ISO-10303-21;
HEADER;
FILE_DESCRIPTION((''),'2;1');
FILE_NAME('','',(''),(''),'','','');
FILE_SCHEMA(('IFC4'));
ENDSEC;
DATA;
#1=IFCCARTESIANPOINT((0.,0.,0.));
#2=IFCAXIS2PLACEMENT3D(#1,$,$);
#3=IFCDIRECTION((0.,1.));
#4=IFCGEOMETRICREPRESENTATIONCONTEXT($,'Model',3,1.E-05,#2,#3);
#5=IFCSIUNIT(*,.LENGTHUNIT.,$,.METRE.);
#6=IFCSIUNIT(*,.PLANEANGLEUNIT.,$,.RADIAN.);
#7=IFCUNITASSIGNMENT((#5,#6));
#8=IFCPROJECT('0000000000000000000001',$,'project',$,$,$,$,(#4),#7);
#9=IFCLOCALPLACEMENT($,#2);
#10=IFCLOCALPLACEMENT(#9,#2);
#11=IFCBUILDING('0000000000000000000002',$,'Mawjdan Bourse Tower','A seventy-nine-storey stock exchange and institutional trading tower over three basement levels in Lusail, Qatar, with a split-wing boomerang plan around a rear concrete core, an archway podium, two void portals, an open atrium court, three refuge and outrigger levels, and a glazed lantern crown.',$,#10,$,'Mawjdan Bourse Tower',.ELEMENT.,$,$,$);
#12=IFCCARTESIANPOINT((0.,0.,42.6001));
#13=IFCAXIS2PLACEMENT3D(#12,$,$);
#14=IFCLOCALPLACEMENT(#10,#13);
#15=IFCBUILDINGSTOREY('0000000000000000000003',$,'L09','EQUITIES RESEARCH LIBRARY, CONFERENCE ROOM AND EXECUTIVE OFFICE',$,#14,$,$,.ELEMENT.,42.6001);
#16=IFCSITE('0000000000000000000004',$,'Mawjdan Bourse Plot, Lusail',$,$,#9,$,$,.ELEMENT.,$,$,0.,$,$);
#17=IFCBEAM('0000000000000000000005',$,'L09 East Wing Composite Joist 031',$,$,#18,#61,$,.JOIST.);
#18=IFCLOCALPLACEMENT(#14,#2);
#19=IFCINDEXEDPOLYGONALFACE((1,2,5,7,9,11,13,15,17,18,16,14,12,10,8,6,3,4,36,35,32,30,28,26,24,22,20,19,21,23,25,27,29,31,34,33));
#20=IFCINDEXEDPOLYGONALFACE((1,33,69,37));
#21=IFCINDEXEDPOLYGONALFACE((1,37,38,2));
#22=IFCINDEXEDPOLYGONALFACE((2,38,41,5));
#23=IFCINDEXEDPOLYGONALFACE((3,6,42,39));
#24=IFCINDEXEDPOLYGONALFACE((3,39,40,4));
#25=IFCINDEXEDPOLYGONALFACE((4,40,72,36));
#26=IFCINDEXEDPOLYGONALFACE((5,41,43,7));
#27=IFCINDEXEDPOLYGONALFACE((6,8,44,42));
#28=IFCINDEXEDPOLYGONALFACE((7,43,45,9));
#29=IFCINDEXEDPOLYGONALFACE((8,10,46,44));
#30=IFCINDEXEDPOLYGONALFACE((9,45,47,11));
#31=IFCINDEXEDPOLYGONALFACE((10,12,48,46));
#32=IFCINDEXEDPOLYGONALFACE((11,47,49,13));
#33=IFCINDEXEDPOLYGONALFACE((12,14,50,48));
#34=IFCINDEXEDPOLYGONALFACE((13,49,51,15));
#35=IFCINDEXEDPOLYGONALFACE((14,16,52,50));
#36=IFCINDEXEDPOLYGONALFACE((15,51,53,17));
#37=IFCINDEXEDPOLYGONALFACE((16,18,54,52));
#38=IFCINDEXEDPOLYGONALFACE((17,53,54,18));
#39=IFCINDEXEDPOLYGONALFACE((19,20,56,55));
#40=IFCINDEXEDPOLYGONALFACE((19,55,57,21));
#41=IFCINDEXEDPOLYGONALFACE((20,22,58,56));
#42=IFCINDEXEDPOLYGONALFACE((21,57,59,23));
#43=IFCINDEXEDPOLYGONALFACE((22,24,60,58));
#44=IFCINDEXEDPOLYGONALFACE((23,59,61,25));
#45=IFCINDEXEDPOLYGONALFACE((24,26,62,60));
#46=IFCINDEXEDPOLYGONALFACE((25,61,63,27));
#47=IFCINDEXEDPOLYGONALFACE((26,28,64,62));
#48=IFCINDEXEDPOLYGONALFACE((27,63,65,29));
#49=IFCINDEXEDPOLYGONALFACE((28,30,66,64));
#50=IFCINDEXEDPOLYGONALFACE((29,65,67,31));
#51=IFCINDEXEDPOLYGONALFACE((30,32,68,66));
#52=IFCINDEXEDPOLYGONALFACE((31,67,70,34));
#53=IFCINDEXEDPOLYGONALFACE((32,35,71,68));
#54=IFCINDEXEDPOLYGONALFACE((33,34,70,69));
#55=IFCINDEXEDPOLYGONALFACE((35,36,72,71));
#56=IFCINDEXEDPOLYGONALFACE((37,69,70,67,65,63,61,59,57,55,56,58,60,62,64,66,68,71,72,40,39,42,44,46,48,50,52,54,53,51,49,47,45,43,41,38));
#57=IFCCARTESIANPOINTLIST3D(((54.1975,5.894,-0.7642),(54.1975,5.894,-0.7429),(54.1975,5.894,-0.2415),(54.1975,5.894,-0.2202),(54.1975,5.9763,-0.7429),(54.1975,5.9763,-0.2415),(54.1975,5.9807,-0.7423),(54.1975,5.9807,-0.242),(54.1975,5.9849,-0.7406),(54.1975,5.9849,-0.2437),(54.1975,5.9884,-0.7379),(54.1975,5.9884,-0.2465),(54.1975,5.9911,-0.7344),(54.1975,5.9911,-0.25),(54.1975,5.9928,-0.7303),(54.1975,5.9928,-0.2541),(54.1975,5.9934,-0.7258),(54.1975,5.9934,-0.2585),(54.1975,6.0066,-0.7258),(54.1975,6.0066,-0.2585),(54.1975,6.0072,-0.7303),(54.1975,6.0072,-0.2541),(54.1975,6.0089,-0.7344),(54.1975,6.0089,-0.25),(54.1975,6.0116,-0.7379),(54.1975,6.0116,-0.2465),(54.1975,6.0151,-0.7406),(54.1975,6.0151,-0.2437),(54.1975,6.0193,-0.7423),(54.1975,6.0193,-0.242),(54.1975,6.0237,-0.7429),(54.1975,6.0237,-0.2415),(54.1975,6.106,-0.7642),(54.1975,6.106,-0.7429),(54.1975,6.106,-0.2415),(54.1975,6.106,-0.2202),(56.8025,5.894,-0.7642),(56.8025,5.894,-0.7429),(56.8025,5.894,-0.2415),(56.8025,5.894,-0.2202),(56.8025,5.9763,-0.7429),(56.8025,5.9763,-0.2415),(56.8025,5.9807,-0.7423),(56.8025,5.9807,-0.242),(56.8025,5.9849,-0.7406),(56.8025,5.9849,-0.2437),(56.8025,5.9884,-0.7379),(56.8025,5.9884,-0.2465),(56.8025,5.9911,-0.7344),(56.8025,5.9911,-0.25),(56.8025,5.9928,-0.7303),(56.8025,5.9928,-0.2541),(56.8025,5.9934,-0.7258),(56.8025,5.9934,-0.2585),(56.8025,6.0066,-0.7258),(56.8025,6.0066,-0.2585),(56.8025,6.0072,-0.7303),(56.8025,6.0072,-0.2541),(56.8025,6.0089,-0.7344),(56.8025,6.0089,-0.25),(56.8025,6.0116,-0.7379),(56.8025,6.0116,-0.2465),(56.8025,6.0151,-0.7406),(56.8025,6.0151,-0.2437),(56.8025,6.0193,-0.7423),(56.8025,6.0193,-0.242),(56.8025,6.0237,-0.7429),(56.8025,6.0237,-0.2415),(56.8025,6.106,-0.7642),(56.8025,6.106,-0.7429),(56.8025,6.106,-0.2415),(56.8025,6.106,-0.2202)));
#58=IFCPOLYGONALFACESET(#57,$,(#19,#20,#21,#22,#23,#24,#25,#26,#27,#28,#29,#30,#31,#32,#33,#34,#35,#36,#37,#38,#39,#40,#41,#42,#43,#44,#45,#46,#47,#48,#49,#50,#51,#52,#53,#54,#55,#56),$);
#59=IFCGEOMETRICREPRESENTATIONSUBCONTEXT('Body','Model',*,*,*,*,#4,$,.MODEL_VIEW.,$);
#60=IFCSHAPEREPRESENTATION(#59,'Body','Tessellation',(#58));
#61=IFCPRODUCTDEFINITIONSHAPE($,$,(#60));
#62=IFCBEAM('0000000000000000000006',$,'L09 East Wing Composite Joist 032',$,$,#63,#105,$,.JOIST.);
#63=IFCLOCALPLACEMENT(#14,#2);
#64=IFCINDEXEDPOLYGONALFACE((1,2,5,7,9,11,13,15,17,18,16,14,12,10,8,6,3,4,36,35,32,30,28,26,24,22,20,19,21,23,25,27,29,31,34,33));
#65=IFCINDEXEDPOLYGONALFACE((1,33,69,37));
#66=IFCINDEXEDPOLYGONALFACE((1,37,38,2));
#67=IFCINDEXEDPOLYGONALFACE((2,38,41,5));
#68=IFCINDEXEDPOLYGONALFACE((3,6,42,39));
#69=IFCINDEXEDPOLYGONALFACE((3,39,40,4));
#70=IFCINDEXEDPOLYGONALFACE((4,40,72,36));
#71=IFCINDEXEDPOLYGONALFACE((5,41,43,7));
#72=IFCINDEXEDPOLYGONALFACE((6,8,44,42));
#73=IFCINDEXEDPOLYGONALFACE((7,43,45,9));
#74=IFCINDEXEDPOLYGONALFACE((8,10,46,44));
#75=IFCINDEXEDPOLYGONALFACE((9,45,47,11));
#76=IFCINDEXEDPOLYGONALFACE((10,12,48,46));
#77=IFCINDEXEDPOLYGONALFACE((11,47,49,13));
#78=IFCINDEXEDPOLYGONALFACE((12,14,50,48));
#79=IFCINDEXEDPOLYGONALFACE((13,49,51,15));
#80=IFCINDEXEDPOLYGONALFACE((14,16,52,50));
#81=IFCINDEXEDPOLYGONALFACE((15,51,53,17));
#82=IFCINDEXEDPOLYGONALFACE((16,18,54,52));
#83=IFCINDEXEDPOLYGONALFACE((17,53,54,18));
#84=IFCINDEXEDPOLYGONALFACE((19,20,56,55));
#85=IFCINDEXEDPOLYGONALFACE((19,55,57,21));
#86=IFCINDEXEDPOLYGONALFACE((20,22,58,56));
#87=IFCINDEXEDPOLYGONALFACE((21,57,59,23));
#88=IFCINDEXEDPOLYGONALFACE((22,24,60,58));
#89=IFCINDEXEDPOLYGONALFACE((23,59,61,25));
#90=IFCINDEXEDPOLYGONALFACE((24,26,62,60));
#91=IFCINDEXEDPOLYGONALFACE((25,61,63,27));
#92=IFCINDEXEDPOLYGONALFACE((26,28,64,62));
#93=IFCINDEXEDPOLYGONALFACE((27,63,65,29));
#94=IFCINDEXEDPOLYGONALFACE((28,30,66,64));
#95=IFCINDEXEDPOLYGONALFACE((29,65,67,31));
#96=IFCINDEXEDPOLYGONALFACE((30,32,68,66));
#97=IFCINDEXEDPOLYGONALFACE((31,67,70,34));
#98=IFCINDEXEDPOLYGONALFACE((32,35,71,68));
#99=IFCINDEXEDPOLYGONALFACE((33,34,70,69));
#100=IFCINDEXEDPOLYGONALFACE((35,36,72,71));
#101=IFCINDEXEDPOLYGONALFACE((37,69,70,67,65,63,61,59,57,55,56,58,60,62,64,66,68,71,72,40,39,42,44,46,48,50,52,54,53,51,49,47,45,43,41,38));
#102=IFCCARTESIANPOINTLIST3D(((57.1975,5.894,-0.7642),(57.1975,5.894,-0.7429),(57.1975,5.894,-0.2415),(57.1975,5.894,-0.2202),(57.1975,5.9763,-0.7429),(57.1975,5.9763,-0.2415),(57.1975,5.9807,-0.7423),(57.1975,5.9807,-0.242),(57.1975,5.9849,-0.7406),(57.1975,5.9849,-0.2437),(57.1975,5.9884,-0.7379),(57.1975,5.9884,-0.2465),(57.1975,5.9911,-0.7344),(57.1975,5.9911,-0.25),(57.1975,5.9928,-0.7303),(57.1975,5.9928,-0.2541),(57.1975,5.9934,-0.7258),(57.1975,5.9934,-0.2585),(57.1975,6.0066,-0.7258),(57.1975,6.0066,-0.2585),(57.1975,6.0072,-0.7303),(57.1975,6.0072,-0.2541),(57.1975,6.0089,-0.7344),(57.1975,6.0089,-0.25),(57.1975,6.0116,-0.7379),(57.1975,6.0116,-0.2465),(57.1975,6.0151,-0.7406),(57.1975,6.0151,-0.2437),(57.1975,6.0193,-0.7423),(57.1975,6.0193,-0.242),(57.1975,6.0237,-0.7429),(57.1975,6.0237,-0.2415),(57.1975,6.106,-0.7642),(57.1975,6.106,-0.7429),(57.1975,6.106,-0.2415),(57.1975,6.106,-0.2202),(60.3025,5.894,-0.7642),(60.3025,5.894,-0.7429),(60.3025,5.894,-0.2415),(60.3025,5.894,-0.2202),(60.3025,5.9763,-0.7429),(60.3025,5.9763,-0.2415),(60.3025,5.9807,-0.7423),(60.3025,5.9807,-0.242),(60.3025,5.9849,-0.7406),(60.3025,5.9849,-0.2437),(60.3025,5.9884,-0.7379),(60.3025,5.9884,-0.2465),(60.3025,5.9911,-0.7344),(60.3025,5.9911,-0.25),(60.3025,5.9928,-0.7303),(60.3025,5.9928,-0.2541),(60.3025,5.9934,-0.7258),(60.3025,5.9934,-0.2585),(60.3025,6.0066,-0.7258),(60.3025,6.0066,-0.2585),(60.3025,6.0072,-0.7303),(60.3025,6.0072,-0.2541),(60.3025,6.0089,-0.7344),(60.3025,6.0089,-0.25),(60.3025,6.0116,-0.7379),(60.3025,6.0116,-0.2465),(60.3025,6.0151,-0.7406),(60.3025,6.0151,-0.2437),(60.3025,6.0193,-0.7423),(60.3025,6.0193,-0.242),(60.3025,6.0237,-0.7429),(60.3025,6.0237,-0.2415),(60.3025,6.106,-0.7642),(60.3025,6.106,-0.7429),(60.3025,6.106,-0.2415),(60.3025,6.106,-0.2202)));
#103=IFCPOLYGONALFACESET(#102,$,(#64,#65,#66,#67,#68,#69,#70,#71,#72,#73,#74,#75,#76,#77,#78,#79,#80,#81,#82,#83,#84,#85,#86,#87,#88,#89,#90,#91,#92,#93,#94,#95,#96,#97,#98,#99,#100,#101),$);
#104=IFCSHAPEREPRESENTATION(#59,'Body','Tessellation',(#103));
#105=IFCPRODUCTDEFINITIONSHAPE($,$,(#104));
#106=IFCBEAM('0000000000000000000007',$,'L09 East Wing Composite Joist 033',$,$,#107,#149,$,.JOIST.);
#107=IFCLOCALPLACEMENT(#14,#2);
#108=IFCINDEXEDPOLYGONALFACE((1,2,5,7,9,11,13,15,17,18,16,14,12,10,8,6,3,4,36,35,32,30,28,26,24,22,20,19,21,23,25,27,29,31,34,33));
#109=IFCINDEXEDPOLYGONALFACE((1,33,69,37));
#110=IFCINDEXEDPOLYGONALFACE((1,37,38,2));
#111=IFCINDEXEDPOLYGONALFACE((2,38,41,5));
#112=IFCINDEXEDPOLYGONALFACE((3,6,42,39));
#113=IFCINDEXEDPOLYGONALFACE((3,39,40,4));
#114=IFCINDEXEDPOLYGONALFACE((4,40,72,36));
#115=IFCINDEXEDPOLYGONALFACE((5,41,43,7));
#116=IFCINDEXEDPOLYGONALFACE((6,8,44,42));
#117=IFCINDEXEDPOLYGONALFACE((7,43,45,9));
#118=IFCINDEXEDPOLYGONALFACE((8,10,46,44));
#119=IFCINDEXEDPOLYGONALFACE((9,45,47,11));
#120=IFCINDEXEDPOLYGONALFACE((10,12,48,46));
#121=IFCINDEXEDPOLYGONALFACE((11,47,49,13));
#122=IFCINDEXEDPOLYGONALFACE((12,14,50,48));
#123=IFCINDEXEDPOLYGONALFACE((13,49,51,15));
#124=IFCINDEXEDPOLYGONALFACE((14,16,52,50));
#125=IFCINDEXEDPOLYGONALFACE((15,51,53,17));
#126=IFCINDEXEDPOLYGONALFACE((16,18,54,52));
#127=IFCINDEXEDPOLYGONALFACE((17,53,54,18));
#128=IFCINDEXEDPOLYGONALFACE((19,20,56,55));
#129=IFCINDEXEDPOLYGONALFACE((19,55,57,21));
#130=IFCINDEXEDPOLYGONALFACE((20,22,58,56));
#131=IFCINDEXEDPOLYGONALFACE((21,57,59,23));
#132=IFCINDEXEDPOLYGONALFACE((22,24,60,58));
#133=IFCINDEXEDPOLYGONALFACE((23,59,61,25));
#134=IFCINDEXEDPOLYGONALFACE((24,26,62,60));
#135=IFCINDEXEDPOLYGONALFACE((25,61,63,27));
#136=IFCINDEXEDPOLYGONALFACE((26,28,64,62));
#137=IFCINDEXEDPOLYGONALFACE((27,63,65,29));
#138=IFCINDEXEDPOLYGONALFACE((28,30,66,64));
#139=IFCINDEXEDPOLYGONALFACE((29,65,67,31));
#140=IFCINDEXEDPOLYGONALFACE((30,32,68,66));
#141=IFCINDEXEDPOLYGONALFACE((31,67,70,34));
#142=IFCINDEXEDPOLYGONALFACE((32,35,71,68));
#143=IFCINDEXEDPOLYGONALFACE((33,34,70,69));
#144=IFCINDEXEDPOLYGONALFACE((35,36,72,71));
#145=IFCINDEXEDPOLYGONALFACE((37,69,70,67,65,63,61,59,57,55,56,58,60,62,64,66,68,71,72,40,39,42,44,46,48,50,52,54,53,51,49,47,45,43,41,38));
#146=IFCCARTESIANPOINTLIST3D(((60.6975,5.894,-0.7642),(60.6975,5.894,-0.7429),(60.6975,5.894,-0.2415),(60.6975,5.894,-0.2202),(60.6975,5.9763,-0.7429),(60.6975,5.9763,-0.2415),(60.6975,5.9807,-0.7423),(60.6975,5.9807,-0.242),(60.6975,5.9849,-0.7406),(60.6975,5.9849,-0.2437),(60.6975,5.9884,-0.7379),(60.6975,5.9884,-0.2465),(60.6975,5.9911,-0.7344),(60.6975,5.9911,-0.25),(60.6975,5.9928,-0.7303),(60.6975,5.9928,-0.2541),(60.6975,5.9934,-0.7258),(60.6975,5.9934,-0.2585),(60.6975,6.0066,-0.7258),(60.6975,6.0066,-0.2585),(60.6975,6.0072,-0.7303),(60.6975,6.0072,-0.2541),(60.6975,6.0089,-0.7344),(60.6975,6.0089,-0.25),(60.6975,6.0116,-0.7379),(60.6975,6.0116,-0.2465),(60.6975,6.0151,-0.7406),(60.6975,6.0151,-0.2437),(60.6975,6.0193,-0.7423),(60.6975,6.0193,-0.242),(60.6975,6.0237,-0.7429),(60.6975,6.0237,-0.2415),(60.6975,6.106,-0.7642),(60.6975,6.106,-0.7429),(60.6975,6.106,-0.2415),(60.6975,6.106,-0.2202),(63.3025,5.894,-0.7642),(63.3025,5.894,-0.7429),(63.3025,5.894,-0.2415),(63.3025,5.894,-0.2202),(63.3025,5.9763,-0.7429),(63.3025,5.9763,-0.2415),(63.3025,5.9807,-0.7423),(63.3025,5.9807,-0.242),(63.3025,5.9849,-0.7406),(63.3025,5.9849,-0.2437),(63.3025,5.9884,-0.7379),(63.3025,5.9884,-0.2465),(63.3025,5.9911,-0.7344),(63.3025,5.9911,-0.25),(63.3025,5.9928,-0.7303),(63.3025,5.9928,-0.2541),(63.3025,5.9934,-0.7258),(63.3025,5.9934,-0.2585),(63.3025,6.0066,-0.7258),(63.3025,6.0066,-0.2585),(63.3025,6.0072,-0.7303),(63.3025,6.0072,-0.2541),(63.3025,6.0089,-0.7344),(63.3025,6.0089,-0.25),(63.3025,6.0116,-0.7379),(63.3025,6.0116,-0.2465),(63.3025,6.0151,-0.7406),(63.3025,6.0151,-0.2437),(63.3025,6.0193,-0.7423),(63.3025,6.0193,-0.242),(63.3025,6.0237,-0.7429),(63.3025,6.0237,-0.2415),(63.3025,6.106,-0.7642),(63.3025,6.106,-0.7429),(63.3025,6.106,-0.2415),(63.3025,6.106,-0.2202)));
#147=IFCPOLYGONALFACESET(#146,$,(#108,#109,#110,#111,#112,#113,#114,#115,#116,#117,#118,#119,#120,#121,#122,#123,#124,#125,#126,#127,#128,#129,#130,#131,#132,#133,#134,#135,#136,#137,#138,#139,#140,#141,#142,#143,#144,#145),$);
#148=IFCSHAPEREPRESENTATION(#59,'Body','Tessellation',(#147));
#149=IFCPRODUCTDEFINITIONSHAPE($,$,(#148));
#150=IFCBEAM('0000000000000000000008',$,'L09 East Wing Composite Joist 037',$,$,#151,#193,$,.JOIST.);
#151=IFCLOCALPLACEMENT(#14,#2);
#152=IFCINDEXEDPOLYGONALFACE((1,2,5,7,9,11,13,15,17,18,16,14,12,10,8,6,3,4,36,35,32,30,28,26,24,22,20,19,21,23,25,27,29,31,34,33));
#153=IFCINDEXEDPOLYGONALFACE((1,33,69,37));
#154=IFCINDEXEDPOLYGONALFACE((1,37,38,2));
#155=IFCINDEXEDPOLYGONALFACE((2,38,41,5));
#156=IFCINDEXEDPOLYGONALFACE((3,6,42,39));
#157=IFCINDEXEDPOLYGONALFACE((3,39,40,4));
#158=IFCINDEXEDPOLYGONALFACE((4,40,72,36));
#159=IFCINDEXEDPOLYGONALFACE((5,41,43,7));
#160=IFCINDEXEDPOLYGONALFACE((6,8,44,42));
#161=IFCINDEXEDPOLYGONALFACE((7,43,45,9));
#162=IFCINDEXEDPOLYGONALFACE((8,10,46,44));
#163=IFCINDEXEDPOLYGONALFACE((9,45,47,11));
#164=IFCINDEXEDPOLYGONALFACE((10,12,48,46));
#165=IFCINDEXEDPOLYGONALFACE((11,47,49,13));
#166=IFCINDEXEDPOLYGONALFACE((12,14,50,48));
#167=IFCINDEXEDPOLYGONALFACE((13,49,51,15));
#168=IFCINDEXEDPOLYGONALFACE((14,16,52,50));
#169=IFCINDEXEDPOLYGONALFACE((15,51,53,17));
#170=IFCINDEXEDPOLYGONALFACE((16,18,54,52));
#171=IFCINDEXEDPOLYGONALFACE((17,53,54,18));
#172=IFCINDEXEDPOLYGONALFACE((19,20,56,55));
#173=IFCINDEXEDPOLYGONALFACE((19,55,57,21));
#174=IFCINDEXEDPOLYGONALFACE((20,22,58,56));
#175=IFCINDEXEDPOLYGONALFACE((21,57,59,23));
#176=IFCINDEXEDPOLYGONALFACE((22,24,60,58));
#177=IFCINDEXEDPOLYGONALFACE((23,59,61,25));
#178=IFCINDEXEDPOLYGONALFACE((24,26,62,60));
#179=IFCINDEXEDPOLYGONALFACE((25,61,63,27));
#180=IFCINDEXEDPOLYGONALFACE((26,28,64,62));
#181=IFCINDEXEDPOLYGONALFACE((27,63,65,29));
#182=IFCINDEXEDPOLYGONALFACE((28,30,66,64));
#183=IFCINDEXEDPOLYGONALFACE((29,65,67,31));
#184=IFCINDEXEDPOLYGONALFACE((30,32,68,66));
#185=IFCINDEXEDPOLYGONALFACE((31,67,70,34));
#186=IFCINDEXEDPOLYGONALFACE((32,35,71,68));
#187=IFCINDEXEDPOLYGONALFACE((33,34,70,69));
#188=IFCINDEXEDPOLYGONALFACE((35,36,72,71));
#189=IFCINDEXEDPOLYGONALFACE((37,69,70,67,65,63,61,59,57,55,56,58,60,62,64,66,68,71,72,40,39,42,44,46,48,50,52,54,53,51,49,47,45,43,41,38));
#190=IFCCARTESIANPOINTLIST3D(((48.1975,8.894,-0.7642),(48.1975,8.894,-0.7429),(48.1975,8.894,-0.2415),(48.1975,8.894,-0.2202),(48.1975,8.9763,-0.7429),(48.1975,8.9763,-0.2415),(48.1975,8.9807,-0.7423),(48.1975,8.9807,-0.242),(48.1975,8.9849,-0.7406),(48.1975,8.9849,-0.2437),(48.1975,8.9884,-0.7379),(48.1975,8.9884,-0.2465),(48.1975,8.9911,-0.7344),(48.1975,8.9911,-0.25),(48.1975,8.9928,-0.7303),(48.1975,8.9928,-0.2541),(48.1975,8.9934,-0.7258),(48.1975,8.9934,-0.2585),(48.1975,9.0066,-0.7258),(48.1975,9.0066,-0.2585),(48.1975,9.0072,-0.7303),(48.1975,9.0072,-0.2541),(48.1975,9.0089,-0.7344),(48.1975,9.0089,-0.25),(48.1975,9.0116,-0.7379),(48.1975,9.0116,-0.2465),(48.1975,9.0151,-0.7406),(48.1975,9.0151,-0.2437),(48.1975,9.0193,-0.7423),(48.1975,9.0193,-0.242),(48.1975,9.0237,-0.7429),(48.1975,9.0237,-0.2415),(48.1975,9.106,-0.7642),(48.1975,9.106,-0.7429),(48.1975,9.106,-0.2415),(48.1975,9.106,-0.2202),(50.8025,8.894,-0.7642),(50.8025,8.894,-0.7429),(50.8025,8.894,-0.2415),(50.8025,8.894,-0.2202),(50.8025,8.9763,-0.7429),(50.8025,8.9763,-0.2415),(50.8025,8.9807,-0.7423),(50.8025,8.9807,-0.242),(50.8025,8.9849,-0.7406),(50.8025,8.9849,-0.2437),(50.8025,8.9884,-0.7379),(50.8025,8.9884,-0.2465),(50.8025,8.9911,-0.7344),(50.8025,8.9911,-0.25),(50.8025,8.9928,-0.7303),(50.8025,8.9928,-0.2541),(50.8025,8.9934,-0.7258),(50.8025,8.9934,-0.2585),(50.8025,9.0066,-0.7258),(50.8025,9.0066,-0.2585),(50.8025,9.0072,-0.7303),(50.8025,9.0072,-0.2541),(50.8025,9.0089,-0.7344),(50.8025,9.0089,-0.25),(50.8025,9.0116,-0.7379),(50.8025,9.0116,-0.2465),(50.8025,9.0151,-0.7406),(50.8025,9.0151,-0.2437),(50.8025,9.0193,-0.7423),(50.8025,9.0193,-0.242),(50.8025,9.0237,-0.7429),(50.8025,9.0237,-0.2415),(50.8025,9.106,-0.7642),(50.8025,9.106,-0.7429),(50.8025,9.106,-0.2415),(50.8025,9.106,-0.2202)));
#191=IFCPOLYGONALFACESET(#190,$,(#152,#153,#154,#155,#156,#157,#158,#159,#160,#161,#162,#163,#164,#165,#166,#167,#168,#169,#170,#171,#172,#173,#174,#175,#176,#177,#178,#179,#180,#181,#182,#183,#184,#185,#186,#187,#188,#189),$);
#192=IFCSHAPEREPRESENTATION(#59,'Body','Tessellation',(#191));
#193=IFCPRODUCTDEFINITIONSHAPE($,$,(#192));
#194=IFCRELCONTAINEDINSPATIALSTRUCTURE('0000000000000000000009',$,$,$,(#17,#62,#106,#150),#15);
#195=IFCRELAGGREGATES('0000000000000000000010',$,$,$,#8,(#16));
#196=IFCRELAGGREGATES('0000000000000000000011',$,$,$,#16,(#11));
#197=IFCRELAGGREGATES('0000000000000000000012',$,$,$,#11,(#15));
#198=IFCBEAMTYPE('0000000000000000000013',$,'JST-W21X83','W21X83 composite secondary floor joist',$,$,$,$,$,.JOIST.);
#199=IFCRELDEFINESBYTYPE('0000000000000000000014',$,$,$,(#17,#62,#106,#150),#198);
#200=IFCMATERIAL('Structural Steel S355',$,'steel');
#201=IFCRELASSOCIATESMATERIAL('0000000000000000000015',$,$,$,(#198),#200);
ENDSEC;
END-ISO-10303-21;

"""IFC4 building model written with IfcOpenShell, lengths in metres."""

from ifc_helpers import new_model, si_unit, direction, frame, origin, origin_2d, place, context, subcontext, project, spatial, i_section, extrude, material, material_profile, profile_set, type_object, element, save


model = new_model("IFC4")

# Units and contexts
model_context = context("Model", 3, precision=1e-05, world=origin(), true_north=direction((0.0, 1.0)))
body_context = subcontext(model_context, "Body", "Model", "MODEL_VIEW")
ifc_project = project(units=[si_unit("LENGTHUNIT", "METRE"), si_unit("PLANEANGLEUNIT", "RADIAN")], contexts=[model_context])

# Site, building, storey
site_placement = place(None, origin())
site = spatial("IfcSite", under=ifc_project, at=site_placement, Name="Mawjdan Bourse Plot, Lusail", CompositionType="ELEMENT", RefElevation=0.0)
building_placement = place(site_placement, origin())
building = spatial("IfcBuilding", under=site, at=building_placement, Name="Mawjdan Bourse Tower", Description="A seventy-nine-storey stock exchange and institutional trading tower over three basement levels in Lusail, Qatar, with a split-wing boomerang plan around a rear concrete core, an archway podium, two void portals, an open atrium court, three refuge and outrigger levels, and a glazed lantern crown.", LongName="Mawjdan Bourse Tower", CompositionType="ELEMENT")
storey_placement = place(building_placement, frame((0.0, 0.0, 42.6001)))
storey = spatial("IfcBuildingStorey", under=building, at=storey_placement, Name="L09", Description="EQUITIES RESEARCH LIBRARY, CONFERENCE ROOM AND EXECUTIVE OFFICE", CompositionType="ELEMENT", Elevation=42.6001)

# Beams
ifc_material_1 = material(Name="Structural Steel S355", Category="steel")
ifc_material_profile_1 = material_profile(ifc_material_1, i_section(OverallWidth=0.2119, OverallDepth=0.5439, WebThickness=0.0132, FlangeThickness=0.0212, FilletRadius=0.0171, at=origin_2d()), Name="W21X83")
ifc_profile_set_1 = profile_set([ifc_material_profile_1], Name="Structural Steel S355")
beam_type_1 = type_object("IfcBeamType", Name="JST-W21X83", Description="W21X83 composite secondary floor joist", PredefinedType="JOIST", material=ifc_profile_set_1)
for number, where, z_axis, x_axis, name in (
    (1, (54.1975, 6.0, -0.4922), (1.0, 0.0, 0.0), (0.0, 1.0, 0.0), "L09 East Wing Composite Joist 031"),
):
    element("IfcBeam", number, at=place(storey_placement, frame(where, z_axis=z_axis, x_axis=x_axis)), inside=storey, type_object=beam_type_1, Name=name, PredefinedType="JOIST", context=body_context, shape_type="SweptSolid", body=[
        extrude(i_section(OverallWidth=0.2119, OverallDepth=0.5439, WebThickness=0.0132, FlangeThickness=0.0212, FilletRadius=0.0171, at=origin_2d()), origin(), (0.0, 0.0, 1.0), 2.605),
    ])
beam_1_placement = place(storey_placement, frame((57.1975, 6.0, -0.4922), z_axis=(1.0, 0.0, 0.0), x_axis=(0.0, 1.0, 0.0)))
element("IfcBeam", 2, at=beam_1_placement, inside=storey, type_object=beam_type_1, Name="L09 East Wing Composite Joist 032", PredefinedType="JOIST", context=body_context, shape_type="SweptSolid", body=[
    extrude(i_section(OverallWidth=0.2119, OverallDepth=0.5439, WebThickness=0.0132, FlangeThickness=0.0212, FilletRadius=0.0171, at=origin_2d()), origin(), (0.0, 0.0, 1.0), 3.105),
])
for number, where, z_axis, x_axis, name in (
    (3, (60.6975, 6.0, -0.4922), (1.0, 0.0, 0.0), (0.0, 1.0, 0.0), "L09 East Wing Composite Joist 033"),
    (4, (48.1975, 9.0, -0.4922), (1.0, 0.0, 0.0), (0.0, 1.0, 0.0), "L09 East Wing Composite Joist 037"),
):
    element("IfcBeam", number, at=place(storey_placement, frame(where, z_axis=z_axis, x_axis=x_axis)), inside=storey, type_object=beam_type_1, Name=name, PredefinedType="JOIST", context=body_context, shape_type="SweptSolid", body=[
        extrude(i_section(OverallWidth=0.2119, OverallDepth=0.5439, WebThickness=0.0132, FlangeThickness=0.0212, FilletRadius=0.0171, at=origin_2d()), origin(), (0.0, 0.0, 1.0), 2.605),
    ])

save(model, "model.ifc")
